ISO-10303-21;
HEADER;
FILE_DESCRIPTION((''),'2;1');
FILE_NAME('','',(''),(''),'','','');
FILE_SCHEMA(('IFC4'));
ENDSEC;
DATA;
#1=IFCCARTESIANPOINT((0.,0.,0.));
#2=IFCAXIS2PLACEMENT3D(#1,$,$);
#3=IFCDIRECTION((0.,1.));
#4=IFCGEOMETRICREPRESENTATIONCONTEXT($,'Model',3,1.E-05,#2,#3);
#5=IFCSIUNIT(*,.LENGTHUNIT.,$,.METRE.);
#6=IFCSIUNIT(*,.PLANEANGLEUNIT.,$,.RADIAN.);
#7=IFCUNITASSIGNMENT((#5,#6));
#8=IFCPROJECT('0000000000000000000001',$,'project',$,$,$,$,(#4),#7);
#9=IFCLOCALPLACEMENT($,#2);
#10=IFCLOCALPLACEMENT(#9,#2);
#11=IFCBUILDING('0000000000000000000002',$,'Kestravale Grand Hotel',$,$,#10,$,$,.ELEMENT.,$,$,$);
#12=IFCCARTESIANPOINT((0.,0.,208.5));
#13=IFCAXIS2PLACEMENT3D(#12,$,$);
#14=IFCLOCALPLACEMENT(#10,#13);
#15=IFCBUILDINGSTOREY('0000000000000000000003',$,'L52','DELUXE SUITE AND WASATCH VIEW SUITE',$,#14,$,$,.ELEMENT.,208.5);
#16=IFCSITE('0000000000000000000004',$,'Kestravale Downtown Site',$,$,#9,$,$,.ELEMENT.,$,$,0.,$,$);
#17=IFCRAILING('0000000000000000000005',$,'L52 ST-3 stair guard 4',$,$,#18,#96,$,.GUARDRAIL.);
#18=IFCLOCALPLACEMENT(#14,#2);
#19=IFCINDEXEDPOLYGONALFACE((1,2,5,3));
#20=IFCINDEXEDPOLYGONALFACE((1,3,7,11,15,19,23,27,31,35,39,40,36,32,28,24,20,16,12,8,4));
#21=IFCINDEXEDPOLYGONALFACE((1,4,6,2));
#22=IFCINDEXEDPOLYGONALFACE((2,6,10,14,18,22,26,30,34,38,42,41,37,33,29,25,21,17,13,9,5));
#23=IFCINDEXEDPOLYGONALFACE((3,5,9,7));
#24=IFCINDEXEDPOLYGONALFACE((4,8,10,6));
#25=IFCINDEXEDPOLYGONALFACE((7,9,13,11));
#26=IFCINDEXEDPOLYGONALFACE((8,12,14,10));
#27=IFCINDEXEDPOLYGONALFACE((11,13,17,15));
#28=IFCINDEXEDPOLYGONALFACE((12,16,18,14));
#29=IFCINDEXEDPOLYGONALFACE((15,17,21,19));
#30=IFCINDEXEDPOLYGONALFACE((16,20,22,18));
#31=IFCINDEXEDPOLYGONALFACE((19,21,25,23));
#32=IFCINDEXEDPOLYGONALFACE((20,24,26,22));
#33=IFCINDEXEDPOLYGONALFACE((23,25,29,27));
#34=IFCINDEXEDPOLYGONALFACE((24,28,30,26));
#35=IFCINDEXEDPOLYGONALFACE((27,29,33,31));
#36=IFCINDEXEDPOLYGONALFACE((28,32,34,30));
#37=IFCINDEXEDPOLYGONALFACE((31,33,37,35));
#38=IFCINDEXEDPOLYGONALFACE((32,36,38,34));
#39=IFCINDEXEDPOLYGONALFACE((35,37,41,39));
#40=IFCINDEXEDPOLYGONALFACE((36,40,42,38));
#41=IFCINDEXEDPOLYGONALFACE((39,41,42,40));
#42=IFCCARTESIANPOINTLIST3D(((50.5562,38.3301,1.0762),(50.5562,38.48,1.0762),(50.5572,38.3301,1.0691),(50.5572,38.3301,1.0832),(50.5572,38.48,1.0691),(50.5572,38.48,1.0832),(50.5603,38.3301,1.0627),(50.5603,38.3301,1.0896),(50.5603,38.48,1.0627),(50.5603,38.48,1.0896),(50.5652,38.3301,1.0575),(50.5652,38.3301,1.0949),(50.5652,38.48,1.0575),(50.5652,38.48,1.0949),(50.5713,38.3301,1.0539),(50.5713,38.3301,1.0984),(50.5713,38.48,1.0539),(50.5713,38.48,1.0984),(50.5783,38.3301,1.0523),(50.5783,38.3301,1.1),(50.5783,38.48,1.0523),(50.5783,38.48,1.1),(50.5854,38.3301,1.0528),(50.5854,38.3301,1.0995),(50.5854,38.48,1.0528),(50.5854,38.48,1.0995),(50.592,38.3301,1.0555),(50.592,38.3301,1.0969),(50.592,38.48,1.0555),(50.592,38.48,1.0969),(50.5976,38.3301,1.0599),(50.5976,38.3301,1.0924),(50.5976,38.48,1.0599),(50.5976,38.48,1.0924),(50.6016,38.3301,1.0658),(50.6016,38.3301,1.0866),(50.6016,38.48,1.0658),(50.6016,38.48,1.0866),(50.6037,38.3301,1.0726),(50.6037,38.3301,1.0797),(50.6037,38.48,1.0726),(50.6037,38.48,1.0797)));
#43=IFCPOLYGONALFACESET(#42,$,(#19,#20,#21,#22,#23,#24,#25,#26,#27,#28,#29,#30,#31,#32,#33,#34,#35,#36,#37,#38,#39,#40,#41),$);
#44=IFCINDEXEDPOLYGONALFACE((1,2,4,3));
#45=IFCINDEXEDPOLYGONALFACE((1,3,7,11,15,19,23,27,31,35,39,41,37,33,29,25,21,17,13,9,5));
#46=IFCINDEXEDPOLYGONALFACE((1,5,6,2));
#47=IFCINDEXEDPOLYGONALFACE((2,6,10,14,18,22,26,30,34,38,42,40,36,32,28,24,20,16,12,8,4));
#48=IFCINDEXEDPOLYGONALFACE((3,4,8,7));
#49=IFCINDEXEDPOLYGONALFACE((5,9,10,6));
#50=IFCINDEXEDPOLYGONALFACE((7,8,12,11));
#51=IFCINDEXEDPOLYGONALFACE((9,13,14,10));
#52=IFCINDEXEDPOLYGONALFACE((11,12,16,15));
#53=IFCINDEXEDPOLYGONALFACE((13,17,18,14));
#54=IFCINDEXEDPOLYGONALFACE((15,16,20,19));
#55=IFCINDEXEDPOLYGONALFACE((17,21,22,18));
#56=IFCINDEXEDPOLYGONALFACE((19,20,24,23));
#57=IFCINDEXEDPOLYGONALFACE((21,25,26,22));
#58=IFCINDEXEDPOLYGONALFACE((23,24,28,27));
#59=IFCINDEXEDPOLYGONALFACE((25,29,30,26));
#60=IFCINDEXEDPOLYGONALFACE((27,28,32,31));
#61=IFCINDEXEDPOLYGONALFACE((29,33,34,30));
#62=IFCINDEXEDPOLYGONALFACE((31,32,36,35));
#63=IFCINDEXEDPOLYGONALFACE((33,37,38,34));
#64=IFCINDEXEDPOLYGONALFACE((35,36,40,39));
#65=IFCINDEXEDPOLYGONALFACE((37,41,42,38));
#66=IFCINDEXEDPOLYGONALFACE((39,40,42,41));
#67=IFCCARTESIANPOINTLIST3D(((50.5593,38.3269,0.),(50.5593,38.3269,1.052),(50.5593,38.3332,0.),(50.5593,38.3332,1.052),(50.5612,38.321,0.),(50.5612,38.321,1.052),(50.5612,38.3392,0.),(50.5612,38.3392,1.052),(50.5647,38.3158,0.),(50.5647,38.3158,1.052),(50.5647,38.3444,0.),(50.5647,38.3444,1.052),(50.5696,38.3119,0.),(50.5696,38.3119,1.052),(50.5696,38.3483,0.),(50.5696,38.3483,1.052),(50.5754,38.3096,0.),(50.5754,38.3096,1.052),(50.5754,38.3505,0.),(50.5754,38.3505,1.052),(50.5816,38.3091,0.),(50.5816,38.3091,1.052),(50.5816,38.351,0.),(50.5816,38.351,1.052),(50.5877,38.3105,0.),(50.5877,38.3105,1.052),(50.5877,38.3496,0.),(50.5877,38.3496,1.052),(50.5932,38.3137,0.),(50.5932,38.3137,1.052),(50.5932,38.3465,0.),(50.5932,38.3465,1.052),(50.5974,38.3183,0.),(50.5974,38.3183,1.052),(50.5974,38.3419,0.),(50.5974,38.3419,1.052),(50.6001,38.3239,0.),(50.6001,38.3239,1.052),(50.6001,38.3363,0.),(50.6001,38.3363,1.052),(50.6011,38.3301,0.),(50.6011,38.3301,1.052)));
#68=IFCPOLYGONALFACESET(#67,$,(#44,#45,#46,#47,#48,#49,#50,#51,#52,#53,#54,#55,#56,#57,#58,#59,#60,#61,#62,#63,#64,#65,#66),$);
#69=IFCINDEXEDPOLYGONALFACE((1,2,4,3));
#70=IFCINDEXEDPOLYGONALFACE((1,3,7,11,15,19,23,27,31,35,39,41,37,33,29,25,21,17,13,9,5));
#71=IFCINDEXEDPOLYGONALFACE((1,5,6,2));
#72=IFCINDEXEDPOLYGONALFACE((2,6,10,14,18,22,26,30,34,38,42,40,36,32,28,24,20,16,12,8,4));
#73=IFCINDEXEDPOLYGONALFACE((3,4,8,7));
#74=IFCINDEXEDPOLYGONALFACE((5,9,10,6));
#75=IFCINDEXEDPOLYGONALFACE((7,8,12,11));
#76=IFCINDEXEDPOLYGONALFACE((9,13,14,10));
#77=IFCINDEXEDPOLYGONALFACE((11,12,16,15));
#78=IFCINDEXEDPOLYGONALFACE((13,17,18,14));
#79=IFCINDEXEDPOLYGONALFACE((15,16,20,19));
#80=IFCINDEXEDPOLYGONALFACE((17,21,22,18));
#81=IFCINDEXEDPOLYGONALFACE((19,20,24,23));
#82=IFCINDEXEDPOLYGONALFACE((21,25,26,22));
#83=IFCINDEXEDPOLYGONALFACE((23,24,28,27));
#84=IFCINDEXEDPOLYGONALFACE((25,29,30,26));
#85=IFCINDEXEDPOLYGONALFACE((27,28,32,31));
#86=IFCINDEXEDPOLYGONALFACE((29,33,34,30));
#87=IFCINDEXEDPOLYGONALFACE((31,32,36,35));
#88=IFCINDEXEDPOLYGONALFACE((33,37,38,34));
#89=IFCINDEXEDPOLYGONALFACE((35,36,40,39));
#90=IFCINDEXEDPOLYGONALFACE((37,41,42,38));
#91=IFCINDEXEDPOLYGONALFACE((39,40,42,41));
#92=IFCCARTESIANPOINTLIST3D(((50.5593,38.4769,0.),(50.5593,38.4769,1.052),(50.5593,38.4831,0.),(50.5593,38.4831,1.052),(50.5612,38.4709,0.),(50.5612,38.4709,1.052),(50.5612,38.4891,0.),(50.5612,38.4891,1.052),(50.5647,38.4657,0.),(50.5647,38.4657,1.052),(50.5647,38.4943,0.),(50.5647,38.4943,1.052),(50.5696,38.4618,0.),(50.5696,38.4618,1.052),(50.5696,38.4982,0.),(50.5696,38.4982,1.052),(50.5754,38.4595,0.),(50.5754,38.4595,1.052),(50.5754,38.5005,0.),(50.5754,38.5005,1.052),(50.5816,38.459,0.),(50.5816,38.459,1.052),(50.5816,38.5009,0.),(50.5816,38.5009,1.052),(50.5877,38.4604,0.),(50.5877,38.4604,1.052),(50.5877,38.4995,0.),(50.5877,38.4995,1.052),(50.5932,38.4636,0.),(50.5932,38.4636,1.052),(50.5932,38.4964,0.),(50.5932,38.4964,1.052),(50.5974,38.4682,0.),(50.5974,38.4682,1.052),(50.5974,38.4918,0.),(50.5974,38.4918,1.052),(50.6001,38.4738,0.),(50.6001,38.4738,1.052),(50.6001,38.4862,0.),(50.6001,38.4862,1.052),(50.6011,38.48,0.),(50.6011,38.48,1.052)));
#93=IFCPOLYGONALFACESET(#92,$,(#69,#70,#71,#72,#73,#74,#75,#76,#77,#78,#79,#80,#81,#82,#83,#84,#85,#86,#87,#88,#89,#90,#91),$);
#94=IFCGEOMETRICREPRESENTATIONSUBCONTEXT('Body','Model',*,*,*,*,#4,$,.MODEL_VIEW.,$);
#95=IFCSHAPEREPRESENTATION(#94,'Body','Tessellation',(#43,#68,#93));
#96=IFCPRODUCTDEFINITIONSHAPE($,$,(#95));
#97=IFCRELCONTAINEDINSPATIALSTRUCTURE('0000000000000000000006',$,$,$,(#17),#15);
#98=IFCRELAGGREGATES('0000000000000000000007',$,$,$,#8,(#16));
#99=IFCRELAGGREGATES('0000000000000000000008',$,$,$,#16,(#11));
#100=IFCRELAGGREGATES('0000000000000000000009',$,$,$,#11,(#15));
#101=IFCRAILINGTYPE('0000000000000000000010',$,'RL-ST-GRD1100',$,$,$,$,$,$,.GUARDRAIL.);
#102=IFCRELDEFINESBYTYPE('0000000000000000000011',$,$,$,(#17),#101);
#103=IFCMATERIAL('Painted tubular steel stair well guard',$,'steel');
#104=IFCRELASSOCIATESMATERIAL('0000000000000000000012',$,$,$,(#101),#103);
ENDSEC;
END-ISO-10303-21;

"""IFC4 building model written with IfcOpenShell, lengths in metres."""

from ifc_helpers import new_model, si_unit, direction, frame, origin, origin_2d, place, context, subcontext, project, spatial, circle, extrude, material, type_object, element, save


model = new_model("IFC4")

# Units and contexts
model_context = context("Model", 3, precision=1e-05, world=origin(), true_north=direction((0.0, 1.0)))
body_context = subcontext(model_context, "Body", "Model", "MODEL_VIEW")
ifc_project = project(units=[si_unit("LENGTHUNIT", "METRE"), si_unit("PLANEANGLEUNIT", "RADIAN")], contexts=[model_context])

# Site, building, storey
site_placement = place(None, origin())
site = spatial("IfcSite", under=ifc_project, at=site_placement, Name="Kestravale Downtown Site", CompositionType="ELEMENT", RefElevation=0.0)
building_placement = place(site_placement, origin())
building = spatial("IfcBuilding", under=site, at=building_placement, Name="Kestravale Grand Hotel", CompositionType="ELEMENT")
storey_placement = place(building_placement, frame((0.0, 0.0, 208.5)))
storey = spatial("IfcBuildingStorey", under=building, at=storey_placement, Name="L52", Description="DELUXE SUITE AND WASATCH VIEW SUITE", CompositionType="ELEMENT", Elevation=208.5)

# Railing
ifc_material_1 = material(Name="Painted tubular steel stair well guard", Category="steel")
railing_type_1 = type_object("IfcRailingType", Name="RL-ST-GRD1100", PredefinedType="GUARDRAIL", material=ifc_material_1)
railing_1_placement = place(storey_placement, frame((50.5801, 38.3301, 0.0)))
element("IfcRailing", 1, at=railing_1_placement, inside=storey, type_object=railing_type_1, Name="L52 ST-3 stair guard 4", PredefinedType="GUARDRAIL", context=body_context, shape_type="SweptSolid", body=[
    extrude(circle(Radius=0.0239, at=origin_2d()), frame((0.0, 0.0, 1.0762), z_axis=(0.0, 1.0, 0.0), x_axis=(-1.0, 0.0, 0.0)), (0.0, 0.0, 1.0), 0.1499),
    extrude(circle(Radius=0.021, at=origin_2d()), origin(), (0.0, 0.0, 1.0), 1.052),
    extrude(circle(Radius=0.021, at=origin_2d()), frame((0.0, 0.1499, 0.0)), (0.0, 0.0, 1.0), 1.052),
])

save(model, "model.ifc")
